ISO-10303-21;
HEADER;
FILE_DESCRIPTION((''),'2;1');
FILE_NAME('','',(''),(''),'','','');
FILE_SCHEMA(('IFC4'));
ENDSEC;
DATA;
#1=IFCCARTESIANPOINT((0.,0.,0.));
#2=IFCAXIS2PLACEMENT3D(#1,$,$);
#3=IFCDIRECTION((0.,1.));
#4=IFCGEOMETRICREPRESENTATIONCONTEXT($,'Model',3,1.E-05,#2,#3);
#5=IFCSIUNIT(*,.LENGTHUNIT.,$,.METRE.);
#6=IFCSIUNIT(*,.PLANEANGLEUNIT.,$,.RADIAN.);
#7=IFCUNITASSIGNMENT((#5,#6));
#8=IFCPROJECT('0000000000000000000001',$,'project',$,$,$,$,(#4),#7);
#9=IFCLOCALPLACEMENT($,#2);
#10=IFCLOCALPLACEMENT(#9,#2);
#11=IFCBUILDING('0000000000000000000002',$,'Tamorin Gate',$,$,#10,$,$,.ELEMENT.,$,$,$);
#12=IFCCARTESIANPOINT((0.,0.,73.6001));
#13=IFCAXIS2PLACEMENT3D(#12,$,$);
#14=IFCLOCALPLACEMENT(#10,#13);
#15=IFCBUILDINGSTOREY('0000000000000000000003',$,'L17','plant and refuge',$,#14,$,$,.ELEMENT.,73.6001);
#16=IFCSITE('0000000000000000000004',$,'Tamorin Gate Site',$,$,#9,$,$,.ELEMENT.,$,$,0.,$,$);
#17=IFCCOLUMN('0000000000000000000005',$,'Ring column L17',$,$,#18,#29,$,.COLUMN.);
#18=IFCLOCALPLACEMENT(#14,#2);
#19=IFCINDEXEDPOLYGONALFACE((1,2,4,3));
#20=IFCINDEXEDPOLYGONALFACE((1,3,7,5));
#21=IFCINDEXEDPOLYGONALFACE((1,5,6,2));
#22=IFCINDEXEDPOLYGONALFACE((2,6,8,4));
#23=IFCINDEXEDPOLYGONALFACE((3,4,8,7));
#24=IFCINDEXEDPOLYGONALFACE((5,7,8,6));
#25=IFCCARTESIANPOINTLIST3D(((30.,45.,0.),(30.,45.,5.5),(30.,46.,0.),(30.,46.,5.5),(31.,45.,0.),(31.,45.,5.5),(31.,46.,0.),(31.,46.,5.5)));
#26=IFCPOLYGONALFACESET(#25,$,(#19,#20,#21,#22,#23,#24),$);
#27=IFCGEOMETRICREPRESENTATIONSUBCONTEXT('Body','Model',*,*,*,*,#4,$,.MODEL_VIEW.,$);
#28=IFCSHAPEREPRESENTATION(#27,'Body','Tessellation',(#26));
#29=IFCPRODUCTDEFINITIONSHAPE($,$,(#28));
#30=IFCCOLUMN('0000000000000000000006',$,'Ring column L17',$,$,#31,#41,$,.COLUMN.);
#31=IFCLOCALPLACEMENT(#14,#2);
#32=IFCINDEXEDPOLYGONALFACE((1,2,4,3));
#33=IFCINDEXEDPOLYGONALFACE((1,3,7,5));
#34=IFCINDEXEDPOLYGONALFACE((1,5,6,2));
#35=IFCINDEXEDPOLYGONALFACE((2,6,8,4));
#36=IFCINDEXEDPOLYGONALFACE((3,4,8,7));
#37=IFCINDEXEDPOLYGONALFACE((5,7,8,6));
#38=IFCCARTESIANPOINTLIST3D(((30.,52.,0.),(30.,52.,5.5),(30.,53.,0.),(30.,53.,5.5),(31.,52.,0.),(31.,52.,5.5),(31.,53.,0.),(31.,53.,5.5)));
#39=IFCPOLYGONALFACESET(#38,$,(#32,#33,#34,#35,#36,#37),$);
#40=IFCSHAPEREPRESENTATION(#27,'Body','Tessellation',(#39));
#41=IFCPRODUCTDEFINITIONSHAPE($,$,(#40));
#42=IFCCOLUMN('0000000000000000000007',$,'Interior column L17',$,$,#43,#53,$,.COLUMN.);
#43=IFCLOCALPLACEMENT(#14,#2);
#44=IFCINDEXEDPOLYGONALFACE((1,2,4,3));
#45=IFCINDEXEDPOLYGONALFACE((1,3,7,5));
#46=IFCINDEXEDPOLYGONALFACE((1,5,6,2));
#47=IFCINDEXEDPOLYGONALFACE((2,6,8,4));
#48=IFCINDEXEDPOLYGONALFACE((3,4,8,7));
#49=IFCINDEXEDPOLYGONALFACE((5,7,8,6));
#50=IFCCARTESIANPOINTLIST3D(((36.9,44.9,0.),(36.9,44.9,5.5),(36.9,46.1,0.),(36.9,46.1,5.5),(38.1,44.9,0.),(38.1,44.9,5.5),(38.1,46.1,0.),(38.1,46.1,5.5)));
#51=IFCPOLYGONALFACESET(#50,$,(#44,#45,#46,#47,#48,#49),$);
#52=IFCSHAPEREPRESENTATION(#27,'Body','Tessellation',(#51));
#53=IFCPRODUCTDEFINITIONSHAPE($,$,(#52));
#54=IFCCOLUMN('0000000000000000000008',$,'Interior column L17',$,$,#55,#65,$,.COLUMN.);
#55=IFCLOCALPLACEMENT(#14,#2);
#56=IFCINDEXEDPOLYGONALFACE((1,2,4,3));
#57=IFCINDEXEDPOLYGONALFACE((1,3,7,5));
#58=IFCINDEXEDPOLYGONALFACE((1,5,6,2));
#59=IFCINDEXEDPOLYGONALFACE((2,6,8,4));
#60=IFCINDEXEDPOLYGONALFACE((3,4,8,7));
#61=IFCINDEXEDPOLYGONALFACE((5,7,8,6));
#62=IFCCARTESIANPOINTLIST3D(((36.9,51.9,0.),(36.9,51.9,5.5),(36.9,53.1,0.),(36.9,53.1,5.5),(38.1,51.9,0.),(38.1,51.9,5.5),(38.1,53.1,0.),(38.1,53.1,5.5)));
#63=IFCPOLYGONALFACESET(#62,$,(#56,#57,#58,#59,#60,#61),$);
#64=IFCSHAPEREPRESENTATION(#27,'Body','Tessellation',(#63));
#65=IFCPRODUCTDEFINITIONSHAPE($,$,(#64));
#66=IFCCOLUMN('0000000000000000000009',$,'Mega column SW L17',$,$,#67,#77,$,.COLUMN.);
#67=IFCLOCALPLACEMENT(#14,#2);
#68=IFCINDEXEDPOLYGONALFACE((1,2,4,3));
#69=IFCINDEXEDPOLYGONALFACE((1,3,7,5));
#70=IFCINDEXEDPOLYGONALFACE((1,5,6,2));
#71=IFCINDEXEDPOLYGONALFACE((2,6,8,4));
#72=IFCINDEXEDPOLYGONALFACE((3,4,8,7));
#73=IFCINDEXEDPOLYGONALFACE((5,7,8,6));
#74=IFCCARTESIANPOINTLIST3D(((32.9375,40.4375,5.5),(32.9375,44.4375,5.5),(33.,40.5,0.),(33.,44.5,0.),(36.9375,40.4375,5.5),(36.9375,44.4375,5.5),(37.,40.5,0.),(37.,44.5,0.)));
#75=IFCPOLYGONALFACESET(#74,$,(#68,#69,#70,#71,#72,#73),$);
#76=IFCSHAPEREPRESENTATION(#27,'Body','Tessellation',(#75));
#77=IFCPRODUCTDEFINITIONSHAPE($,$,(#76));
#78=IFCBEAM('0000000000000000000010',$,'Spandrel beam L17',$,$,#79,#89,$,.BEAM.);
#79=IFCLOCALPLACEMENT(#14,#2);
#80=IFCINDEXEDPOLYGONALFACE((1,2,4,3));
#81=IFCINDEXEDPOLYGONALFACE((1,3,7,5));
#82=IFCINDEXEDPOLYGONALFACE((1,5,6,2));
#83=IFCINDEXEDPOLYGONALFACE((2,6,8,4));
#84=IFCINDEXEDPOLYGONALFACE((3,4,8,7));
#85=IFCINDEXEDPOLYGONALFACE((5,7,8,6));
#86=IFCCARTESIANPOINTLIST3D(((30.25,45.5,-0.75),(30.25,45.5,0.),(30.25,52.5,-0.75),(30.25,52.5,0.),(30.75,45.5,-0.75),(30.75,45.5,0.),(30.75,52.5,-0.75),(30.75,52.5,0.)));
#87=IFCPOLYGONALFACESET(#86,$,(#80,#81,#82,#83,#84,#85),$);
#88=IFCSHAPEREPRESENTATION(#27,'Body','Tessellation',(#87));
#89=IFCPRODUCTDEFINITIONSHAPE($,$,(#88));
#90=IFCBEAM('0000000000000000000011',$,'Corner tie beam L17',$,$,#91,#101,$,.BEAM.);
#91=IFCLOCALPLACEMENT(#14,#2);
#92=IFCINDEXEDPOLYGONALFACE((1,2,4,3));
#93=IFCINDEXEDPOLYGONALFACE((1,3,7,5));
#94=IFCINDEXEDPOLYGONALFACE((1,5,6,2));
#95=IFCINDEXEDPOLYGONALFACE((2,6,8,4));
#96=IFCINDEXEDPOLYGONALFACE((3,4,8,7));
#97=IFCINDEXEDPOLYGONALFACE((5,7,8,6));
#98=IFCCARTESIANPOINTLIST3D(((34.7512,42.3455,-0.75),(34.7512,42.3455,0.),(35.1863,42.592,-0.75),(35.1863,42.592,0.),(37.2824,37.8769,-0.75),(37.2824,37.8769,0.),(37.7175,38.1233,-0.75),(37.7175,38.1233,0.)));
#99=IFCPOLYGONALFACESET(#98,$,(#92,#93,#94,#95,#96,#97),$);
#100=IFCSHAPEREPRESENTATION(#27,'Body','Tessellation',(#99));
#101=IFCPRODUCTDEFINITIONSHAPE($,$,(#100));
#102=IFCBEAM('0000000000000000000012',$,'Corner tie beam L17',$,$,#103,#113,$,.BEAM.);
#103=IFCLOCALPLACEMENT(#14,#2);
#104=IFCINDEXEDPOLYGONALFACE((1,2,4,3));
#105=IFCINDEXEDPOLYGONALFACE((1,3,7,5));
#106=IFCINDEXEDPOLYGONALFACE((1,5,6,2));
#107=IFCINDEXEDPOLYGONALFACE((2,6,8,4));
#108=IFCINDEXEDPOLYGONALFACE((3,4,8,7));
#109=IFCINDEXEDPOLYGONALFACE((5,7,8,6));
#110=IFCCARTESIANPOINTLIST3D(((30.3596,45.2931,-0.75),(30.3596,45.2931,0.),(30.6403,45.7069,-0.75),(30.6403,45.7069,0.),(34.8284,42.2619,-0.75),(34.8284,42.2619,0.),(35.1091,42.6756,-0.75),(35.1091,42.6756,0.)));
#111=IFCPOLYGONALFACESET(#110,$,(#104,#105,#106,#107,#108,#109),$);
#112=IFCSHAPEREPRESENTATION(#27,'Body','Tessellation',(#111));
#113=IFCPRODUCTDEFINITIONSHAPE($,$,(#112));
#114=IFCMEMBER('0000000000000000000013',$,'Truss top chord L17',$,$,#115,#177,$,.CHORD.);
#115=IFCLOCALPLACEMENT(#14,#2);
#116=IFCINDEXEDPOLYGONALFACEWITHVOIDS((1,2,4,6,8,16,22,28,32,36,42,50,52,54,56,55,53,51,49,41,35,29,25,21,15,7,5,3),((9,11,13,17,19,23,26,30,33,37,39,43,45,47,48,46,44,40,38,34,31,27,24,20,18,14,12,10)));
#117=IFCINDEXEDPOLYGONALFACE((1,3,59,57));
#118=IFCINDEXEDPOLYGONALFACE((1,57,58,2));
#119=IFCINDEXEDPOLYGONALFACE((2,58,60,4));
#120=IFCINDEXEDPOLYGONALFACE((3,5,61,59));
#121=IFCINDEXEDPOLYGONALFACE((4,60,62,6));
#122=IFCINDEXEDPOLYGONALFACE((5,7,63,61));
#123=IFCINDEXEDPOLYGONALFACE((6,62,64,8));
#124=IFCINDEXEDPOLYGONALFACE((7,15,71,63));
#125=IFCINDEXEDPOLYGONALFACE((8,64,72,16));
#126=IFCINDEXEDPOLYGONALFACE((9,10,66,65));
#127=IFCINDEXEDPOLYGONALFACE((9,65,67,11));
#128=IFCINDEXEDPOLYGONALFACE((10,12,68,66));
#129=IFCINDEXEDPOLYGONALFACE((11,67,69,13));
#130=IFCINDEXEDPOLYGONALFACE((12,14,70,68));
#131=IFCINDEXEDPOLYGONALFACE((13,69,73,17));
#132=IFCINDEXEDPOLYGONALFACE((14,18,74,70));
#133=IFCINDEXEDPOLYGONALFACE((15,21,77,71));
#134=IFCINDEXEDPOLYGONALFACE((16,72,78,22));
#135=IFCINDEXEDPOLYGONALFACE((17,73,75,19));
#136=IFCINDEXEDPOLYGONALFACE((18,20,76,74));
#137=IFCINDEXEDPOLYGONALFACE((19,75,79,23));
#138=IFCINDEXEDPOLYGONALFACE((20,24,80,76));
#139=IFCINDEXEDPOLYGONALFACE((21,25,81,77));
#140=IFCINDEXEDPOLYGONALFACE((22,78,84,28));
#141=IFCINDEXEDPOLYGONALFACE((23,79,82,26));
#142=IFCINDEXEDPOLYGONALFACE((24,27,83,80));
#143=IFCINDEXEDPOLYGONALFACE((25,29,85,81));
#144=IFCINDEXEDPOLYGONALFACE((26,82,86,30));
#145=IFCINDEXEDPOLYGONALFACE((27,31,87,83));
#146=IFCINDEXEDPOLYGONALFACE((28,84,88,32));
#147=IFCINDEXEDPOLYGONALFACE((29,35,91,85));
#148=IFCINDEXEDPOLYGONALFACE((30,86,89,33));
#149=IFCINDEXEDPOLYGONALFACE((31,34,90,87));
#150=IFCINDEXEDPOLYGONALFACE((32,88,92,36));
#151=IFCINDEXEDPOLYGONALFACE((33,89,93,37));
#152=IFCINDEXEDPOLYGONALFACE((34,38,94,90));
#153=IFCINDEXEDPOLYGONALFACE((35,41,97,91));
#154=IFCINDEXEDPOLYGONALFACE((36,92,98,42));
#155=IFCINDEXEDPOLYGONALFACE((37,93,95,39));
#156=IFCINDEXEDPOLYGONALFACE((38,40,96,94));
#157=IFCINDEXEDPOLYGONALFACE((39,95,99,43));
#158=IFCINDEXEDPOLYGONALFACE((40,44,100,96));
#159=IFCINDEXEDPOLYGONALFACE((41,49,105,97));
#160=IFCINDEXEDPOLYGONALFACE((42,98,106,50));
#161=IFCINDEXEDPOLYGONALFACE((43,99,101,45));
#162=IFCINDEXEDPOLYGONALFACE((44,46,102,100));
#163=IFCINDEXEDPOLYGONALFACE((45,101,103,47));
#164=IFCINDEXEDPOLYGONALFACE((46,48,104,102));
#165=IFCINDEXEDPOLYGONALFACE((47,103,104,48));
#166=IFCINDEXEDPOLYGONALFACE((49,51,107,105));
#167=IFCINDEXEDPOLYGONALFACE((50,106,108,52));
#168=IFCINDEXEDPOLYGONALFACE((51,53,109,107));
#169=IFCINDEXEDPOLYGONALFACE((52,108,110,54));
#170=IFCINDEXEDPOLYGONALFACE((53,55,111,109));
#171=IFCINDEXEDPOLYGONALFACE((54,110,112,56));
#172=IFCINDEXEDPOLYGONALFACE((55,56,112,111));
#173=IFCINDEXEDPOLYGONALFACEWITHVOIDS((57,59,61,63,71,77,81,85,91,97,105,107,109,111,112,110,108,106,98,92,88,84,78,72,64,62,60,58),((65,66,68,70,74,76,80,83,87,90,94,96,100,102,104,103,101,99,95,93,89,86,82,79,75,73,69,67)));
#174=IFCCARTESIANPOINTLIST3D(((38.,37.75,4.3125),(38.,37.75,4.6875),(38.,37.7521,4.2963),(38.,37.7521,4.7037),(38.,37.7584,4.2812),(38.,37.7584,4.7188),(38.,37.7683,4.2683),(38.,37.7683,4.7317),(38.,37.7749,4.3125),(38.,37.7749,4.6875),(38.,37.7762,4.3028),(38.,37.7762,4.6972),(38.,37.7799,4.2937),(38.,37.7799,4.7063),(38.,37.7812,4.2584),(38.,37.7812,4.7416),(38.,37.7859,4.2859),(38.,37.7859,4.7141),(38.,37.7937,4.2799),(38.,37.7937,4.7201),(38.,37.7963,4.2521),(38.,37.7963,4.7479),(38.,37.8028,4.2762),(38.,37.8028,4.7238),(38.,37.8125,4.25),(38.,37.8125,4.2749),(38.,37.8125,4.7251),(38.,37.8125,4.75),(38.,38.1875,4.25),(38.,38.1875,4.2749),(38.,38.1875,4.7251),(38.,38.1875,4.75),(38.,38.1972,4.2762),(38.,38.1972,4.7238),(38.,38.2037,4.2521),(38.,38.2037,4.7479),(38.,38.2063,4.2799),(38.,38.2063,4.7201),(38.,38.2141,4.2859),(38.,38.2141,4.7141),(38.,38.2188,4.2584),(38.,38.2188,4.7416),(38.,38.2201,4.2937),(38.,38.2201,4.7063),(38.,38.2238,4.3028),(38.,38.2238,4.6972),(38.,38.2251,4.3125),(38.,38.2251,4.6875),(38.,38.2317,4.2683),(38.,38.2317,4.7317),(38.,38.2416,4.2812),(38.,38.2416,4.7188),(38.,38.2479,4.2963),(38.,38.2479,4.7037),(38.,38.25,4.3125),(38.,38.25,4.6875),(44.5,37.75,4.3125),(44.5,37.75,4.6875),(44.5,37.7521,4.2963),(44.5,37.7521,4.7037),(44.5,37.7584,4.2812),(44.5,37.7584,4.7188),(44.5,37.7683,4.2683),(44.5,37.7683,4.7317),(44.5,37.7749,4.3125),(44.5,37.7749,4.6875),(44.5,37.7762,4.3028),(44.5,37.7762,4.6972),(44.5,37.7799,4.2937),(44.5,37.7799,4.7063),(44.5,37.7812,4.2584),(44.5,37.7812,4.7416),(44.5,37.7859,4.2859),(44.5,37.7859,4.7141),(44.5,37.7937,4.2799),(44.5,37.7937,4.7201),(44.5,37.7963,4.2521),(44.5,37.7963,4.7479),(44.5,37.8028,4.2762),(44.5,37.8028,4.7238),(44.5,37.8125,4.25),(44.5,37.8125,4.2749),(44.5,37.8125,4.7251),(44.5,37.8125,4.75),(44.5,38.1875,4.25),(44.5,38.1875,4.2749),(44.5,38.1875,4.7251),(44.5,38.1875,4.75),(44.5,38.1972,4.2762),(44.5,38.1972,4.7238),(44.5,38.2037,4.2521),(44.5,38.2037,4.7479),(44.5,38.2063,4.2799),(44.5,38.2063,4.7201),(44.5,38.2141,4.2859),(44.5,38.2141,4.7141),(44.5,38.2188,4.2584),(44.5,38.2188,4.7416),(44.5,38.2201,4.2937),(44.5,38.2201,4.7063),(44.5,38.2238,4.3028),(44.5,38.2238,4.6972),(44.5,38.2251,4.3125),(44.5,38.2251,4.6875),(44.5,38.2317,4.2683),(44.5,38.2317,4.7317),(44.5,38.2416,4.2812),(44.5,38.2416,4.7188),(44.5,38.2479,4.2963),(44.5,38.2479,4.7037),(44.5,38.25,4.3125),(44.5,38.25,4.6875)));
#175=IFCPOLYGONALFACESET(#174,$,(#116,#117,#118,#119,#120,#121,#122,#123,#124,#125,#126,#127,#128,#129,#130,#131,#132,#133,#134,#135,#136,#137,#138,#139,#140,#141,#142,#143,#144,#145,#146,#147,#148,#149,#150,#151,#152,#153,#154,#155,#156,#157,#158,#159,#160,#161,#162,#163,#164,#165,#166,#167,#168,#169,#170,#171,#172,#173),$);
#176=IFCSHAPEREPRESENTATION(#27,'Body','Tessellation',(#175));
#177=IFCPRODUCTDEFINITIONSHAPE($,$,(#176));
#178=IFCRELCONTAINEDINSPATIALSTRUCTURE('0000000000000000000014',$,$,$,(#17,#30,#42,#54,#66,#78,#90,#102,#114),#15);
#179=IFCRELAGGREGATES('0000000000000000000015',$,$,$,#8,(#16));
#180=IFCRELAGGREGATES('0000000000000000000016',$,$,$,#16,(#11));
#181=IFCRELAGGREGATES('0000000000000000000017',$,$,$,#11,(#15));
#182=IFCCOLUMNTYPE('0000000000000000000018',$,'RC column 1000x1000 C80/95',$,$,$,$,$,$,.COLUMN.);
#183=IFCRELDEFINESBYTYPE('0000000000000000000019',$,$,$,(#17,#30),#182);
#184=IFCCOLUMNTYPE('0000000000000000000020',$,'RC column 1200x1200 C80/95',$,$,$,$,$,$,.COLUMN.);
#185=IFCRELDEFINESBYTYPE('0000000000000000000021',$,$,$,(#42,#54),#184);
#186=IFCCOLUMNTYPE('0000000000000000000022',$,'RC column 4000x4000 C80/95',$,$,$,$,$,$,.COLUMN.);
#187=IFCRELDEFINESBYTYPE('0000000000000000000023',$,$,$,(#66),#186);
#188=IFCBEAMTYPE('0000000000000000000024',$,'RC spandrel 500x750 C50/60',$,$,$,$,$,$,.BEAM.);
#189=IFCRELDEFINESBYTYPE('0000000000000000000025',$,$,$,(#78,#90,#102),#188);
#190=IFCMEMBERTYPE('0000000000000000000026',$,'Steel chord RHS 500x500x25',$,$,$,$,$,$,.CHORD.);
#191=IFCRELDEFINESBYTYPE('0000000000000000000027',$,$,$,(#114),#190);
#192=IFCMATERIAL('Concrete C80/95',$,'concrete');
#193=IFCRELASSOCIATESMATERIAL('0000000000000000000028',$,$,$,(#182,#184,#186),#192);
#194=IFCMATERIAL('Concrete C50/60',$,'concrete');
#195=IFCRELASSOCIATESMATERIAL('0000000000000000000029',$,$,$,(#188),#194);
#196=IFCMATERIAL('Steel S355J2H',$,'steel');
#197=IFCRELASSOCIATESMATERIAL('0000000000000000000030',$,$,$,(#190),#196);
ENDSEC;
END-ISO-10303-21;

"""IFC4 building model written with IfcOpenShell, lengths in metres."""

from ifc_helpers import new_model, si_unit, direction, frame, origin, origin_2d, place, context, subcontext, project, spatial, rectangle, hollow_rectangle, extrude, material, material_profile, profile_set, type_object, element, save


model = new_model("IFC4")

# Units and contexts
model_context = context("Model", 3, precision=1e-05, world=origin(), true_north=direction((0.0, 1.0)))
body_context = subcontext(model_context, "Body", "Model", "MODEL_VIEW")
ifc_project = project(units=[si_unit("LENGTHUNIT", "METRE"), si_unit("PLANEANGLEUNIT", "RADIAN")], contexts=[model_context])

# Site, building, storey
site_placement = place(None, origin())
site = spatial("IfcSite", under=ifc_project, at=site_placement, Name="Tamorin Gate Site", CompositionType="ELEMENT", RefElevation=0.0)
building_placement = place(site_placement, origin())
building = spatial("IfcBuilding", under=site, at=building_placement, Name="Tamorin Gate", CompositionType="ELEMENT")
storey_placement = place(building_placement, frame((0.0, 0.0, 73.6001)))
storey = spatial("IfcBuildingStorey", under=building, at=storey_placement, Name="L17", Description="plant and refuge", CompositionType="ELEMENT", Elevation=73.6001)

# Columns
ifc_material_1 = material(Name="Concrete C80/95", Category="concrete")
ifc_material_profile_1 = material_profile(ifc_material_1, rectangle(XDim=1.0, YDim=1.0, at=origin_2d()), Name="RC 1000x1000")
ifc_profile_set_1 = profile_set([ifc_material_profile_1], Name="Concrete C80/95")
column_type_1 = type_object("IfcColumnType", Name="RC column 1000x1000 C80/95", PredefinedType="COLUMN", material=ifc_profile_set_1)
for number, where, z_axis, x_axis, name in (
    (1, (30.5, 45.5, 0.0), (0.0, 0.0, 1.0), (1.0, 0.0, 0.0), "Ring column L17"),
    (2, (30.5, 52.5, 0.0), (0.0, 0.0, 1.0), (1.0, 0.0, 0.0), "Ring column L17"),
):
    element("IfcColumn", number, at=place(storey_placement, frame(where, z_axis=z_axis, x_axis=x_axis)), inside=storey, type_object=column_type_1, Name=name, PredefinedType="COLUMN", context=body_context, shape_type="SweptSolid", body=[
        extrude(rectangle(XDim=1.0, YDim=1.0, at=origin_2d()), origin(), (0.0, 0.0, 1.0), 5.5),
    ])
ifc_material_profile_2 = material_profile(ifc_material_1, rectangle(XDim=1.2, YDim=1.2, at=origin_2d()), Name="RC 1200x1200")
ifc_profile_set_2 = profile_set([ifc_material_profile_2], Name="Concrete C80/95")
column_type_2 = type_object("IfcColumnType", Name="RC column 1200x1200 C80/95", PredefinedType="COLUMN", material=ifc_profile_set_2)
for number, where, z_axis, x_axis, name in (
    (3, (37.5, 45.5, 0.0), (0.0, 0.0, 1.0), (1.0, 0.0, 0.0), "Interior column L17"),
    (4, (37.5, 52.5, 0.0), (0.0, 0.0, 1.0), (1.0, 0.0, 0.0), "Interior column L17"),
):
    element("IfcColumn", number, at=place(storey_placement, frame(where, z_axis=z_axis, x_axis=x_axis)), inside=storey, type_object=column_type_2, Name=name, PredefinedType="COLUMN", context=body_context, shape_type="SweptSolid", body=[
        extrude(rectangle(XDim=1.2, YDim=1.2, at=origin_2d()), origin(), (0.0, 0.0, 1.0), 5.5),
    ])
ifc_material_profile_3 = material_profile(ifc_material_1, rectangle(XDim=4.0, YDim=4.0, at=origin_2d()), Name="RC 4000x4000")
ifc_profile_set_3 = profile_set([ifc_material_profile_3], Name="Concrete C80/95")
column_type_3 = type_object("IfcColumnType", Name="RC column 4000x4000 C80/95", PredefinedType="COLUMN", material=ifc_profile_set_3)
column_placement = place(storey_placement, frame((35.0, 42.5, 0.0), z_axis=(0.0, 0.0, 1.0), x_axis=(-1.0, 0.0, 0.0)))
element("IfcColumn", 5, at=column_placement, inside=storey, type_object=column_type_3, Name="Mega column SW L17", PredefinedType="COLUMN", context=body_context, shape_type="SweptSolid", body=[
    extrude(rectangle(XDim=4.0, YDim=4.0, at=origin_2d()), origin(), (0.011362, 0.011362, 0.999871), 5.5007),
])

# Beams
ifc_material_2 = material(Name="Concrete C50/60", Category="concrete")
ifc_material_profile_4 = material_profile(ifc_material_2, rectangle(XDim=0.5, YDim=0.75, at=origin_2d()), Name="RC 500x750")
ifc_profile_set_4 = profile_set([ifc_material_profile_4], Name="Concrete C50/60")
beam_type = type_object("IfcBeamType", Name="RC spandrel 500x750 C50/60", PredefinedType="BEAM", material=ifc_profile_set_4)
beam_1_placement = place(storey_placement, frame((30.5, 52.5, -0.375), z_axis=(0.0, -1.0, 0.0), x_axis=(1.0, 0.0, 0.0)))
element("IfcBeam", 6, at=beam_1_placement, inside=storey, type_object=beam_type, Name="Spandrel beam L17", PredefinedType="BEAM", context=body_context, shape_type="SweptSolid", body=[
    extrude(rectangle(XDim=0.5, YDim=0.75, at=origin_2d()), origin(), (0.0, 0.0, 1.0), 7.0),
])
beam_2_placement = place(storey_placement, frame((34.9688, 42.4688, -0.375), z_axis=(0.492859, -0.870109, 0.0), x_axis=(0.870109, 0.492859, 0.0)))
element("IfcBeam", 7, at=beam_2_placement, inside=storey, type_object=beam_type, Name="Corner tie beam L17", PredefinedType="BEAM", context=body_context, shape_type="SweptSolid", body=[
    extrude(rectangle(XDim=0.5, YDim=0.75, at=origin_2d()), origin(), (0.0, 0.0, 1.0), 5.1357),
])
beam_3_placement = place(storey_placement, frame((34.9688, 42.4688, -0.375), z_axis=(-0.827572, 0.56136, 0.0), x_axis=(-0.56136, -0.827572, 0.0)))
element("IfcBeam", 8, at=beam_3_placement, inside=storey, type_object=beam_type, Name="Corner tie beam L17", PredefinedType="BEAM", context=body_context, shape_type="SweptSolid", body=[
    extrude(rectangle(XDim=0.5, YDim=0.75, at=origin_2d()), origin(), (0.0, 0.0, 1.0), 5.3999),
])

# Member
ifc_material_3 = material(Name="Steel S355J2H", Category="steel")
ifc_material_profile_5 = material_profile(ifc_material_3, hollow_rectangle(XDim=0.5, YDim=0.5, WallThickness=0.0249, InnerFilletRadius=0.0376, OuterFilletRadius=0.0625, at=origin_2d()), Name="RHS 500x500x25")
ifc_profile_set_5 = profile_set([ifc_material_profile_5], Name="Steel S355J2H")
member_type_1 = type_object("IfcMemberType", Name="Steel chord RHS 500x500x25", PredefinedType="CHORD", material=ifc_profile_set_5)
member_1_placement = place(storey_placement, frame((38.0, 38.0, 4.5), z_axis=(1.0, 0.0, 0.0), x_axis=(0.0, 1.0, 0.0)))
element("IfcMember", 9, at=member_1_placement, inside=storey, type_object=member_type_1, Name="Truss top chord L17", PredefinedType="CHORD", context=body_context, shape_type="SweptSolid", body=[
    extrude(hollow_rectangle(XDim=0.5, YDim=0.5, WallThickness=0.0249, InnerFilletRadius=0.0376, OuterFilletRadius=0.0625, at=origin_2d()), origin(), (0.0, 0.0, 1.0), 6.5),
])

save(model, "model.ifc")
